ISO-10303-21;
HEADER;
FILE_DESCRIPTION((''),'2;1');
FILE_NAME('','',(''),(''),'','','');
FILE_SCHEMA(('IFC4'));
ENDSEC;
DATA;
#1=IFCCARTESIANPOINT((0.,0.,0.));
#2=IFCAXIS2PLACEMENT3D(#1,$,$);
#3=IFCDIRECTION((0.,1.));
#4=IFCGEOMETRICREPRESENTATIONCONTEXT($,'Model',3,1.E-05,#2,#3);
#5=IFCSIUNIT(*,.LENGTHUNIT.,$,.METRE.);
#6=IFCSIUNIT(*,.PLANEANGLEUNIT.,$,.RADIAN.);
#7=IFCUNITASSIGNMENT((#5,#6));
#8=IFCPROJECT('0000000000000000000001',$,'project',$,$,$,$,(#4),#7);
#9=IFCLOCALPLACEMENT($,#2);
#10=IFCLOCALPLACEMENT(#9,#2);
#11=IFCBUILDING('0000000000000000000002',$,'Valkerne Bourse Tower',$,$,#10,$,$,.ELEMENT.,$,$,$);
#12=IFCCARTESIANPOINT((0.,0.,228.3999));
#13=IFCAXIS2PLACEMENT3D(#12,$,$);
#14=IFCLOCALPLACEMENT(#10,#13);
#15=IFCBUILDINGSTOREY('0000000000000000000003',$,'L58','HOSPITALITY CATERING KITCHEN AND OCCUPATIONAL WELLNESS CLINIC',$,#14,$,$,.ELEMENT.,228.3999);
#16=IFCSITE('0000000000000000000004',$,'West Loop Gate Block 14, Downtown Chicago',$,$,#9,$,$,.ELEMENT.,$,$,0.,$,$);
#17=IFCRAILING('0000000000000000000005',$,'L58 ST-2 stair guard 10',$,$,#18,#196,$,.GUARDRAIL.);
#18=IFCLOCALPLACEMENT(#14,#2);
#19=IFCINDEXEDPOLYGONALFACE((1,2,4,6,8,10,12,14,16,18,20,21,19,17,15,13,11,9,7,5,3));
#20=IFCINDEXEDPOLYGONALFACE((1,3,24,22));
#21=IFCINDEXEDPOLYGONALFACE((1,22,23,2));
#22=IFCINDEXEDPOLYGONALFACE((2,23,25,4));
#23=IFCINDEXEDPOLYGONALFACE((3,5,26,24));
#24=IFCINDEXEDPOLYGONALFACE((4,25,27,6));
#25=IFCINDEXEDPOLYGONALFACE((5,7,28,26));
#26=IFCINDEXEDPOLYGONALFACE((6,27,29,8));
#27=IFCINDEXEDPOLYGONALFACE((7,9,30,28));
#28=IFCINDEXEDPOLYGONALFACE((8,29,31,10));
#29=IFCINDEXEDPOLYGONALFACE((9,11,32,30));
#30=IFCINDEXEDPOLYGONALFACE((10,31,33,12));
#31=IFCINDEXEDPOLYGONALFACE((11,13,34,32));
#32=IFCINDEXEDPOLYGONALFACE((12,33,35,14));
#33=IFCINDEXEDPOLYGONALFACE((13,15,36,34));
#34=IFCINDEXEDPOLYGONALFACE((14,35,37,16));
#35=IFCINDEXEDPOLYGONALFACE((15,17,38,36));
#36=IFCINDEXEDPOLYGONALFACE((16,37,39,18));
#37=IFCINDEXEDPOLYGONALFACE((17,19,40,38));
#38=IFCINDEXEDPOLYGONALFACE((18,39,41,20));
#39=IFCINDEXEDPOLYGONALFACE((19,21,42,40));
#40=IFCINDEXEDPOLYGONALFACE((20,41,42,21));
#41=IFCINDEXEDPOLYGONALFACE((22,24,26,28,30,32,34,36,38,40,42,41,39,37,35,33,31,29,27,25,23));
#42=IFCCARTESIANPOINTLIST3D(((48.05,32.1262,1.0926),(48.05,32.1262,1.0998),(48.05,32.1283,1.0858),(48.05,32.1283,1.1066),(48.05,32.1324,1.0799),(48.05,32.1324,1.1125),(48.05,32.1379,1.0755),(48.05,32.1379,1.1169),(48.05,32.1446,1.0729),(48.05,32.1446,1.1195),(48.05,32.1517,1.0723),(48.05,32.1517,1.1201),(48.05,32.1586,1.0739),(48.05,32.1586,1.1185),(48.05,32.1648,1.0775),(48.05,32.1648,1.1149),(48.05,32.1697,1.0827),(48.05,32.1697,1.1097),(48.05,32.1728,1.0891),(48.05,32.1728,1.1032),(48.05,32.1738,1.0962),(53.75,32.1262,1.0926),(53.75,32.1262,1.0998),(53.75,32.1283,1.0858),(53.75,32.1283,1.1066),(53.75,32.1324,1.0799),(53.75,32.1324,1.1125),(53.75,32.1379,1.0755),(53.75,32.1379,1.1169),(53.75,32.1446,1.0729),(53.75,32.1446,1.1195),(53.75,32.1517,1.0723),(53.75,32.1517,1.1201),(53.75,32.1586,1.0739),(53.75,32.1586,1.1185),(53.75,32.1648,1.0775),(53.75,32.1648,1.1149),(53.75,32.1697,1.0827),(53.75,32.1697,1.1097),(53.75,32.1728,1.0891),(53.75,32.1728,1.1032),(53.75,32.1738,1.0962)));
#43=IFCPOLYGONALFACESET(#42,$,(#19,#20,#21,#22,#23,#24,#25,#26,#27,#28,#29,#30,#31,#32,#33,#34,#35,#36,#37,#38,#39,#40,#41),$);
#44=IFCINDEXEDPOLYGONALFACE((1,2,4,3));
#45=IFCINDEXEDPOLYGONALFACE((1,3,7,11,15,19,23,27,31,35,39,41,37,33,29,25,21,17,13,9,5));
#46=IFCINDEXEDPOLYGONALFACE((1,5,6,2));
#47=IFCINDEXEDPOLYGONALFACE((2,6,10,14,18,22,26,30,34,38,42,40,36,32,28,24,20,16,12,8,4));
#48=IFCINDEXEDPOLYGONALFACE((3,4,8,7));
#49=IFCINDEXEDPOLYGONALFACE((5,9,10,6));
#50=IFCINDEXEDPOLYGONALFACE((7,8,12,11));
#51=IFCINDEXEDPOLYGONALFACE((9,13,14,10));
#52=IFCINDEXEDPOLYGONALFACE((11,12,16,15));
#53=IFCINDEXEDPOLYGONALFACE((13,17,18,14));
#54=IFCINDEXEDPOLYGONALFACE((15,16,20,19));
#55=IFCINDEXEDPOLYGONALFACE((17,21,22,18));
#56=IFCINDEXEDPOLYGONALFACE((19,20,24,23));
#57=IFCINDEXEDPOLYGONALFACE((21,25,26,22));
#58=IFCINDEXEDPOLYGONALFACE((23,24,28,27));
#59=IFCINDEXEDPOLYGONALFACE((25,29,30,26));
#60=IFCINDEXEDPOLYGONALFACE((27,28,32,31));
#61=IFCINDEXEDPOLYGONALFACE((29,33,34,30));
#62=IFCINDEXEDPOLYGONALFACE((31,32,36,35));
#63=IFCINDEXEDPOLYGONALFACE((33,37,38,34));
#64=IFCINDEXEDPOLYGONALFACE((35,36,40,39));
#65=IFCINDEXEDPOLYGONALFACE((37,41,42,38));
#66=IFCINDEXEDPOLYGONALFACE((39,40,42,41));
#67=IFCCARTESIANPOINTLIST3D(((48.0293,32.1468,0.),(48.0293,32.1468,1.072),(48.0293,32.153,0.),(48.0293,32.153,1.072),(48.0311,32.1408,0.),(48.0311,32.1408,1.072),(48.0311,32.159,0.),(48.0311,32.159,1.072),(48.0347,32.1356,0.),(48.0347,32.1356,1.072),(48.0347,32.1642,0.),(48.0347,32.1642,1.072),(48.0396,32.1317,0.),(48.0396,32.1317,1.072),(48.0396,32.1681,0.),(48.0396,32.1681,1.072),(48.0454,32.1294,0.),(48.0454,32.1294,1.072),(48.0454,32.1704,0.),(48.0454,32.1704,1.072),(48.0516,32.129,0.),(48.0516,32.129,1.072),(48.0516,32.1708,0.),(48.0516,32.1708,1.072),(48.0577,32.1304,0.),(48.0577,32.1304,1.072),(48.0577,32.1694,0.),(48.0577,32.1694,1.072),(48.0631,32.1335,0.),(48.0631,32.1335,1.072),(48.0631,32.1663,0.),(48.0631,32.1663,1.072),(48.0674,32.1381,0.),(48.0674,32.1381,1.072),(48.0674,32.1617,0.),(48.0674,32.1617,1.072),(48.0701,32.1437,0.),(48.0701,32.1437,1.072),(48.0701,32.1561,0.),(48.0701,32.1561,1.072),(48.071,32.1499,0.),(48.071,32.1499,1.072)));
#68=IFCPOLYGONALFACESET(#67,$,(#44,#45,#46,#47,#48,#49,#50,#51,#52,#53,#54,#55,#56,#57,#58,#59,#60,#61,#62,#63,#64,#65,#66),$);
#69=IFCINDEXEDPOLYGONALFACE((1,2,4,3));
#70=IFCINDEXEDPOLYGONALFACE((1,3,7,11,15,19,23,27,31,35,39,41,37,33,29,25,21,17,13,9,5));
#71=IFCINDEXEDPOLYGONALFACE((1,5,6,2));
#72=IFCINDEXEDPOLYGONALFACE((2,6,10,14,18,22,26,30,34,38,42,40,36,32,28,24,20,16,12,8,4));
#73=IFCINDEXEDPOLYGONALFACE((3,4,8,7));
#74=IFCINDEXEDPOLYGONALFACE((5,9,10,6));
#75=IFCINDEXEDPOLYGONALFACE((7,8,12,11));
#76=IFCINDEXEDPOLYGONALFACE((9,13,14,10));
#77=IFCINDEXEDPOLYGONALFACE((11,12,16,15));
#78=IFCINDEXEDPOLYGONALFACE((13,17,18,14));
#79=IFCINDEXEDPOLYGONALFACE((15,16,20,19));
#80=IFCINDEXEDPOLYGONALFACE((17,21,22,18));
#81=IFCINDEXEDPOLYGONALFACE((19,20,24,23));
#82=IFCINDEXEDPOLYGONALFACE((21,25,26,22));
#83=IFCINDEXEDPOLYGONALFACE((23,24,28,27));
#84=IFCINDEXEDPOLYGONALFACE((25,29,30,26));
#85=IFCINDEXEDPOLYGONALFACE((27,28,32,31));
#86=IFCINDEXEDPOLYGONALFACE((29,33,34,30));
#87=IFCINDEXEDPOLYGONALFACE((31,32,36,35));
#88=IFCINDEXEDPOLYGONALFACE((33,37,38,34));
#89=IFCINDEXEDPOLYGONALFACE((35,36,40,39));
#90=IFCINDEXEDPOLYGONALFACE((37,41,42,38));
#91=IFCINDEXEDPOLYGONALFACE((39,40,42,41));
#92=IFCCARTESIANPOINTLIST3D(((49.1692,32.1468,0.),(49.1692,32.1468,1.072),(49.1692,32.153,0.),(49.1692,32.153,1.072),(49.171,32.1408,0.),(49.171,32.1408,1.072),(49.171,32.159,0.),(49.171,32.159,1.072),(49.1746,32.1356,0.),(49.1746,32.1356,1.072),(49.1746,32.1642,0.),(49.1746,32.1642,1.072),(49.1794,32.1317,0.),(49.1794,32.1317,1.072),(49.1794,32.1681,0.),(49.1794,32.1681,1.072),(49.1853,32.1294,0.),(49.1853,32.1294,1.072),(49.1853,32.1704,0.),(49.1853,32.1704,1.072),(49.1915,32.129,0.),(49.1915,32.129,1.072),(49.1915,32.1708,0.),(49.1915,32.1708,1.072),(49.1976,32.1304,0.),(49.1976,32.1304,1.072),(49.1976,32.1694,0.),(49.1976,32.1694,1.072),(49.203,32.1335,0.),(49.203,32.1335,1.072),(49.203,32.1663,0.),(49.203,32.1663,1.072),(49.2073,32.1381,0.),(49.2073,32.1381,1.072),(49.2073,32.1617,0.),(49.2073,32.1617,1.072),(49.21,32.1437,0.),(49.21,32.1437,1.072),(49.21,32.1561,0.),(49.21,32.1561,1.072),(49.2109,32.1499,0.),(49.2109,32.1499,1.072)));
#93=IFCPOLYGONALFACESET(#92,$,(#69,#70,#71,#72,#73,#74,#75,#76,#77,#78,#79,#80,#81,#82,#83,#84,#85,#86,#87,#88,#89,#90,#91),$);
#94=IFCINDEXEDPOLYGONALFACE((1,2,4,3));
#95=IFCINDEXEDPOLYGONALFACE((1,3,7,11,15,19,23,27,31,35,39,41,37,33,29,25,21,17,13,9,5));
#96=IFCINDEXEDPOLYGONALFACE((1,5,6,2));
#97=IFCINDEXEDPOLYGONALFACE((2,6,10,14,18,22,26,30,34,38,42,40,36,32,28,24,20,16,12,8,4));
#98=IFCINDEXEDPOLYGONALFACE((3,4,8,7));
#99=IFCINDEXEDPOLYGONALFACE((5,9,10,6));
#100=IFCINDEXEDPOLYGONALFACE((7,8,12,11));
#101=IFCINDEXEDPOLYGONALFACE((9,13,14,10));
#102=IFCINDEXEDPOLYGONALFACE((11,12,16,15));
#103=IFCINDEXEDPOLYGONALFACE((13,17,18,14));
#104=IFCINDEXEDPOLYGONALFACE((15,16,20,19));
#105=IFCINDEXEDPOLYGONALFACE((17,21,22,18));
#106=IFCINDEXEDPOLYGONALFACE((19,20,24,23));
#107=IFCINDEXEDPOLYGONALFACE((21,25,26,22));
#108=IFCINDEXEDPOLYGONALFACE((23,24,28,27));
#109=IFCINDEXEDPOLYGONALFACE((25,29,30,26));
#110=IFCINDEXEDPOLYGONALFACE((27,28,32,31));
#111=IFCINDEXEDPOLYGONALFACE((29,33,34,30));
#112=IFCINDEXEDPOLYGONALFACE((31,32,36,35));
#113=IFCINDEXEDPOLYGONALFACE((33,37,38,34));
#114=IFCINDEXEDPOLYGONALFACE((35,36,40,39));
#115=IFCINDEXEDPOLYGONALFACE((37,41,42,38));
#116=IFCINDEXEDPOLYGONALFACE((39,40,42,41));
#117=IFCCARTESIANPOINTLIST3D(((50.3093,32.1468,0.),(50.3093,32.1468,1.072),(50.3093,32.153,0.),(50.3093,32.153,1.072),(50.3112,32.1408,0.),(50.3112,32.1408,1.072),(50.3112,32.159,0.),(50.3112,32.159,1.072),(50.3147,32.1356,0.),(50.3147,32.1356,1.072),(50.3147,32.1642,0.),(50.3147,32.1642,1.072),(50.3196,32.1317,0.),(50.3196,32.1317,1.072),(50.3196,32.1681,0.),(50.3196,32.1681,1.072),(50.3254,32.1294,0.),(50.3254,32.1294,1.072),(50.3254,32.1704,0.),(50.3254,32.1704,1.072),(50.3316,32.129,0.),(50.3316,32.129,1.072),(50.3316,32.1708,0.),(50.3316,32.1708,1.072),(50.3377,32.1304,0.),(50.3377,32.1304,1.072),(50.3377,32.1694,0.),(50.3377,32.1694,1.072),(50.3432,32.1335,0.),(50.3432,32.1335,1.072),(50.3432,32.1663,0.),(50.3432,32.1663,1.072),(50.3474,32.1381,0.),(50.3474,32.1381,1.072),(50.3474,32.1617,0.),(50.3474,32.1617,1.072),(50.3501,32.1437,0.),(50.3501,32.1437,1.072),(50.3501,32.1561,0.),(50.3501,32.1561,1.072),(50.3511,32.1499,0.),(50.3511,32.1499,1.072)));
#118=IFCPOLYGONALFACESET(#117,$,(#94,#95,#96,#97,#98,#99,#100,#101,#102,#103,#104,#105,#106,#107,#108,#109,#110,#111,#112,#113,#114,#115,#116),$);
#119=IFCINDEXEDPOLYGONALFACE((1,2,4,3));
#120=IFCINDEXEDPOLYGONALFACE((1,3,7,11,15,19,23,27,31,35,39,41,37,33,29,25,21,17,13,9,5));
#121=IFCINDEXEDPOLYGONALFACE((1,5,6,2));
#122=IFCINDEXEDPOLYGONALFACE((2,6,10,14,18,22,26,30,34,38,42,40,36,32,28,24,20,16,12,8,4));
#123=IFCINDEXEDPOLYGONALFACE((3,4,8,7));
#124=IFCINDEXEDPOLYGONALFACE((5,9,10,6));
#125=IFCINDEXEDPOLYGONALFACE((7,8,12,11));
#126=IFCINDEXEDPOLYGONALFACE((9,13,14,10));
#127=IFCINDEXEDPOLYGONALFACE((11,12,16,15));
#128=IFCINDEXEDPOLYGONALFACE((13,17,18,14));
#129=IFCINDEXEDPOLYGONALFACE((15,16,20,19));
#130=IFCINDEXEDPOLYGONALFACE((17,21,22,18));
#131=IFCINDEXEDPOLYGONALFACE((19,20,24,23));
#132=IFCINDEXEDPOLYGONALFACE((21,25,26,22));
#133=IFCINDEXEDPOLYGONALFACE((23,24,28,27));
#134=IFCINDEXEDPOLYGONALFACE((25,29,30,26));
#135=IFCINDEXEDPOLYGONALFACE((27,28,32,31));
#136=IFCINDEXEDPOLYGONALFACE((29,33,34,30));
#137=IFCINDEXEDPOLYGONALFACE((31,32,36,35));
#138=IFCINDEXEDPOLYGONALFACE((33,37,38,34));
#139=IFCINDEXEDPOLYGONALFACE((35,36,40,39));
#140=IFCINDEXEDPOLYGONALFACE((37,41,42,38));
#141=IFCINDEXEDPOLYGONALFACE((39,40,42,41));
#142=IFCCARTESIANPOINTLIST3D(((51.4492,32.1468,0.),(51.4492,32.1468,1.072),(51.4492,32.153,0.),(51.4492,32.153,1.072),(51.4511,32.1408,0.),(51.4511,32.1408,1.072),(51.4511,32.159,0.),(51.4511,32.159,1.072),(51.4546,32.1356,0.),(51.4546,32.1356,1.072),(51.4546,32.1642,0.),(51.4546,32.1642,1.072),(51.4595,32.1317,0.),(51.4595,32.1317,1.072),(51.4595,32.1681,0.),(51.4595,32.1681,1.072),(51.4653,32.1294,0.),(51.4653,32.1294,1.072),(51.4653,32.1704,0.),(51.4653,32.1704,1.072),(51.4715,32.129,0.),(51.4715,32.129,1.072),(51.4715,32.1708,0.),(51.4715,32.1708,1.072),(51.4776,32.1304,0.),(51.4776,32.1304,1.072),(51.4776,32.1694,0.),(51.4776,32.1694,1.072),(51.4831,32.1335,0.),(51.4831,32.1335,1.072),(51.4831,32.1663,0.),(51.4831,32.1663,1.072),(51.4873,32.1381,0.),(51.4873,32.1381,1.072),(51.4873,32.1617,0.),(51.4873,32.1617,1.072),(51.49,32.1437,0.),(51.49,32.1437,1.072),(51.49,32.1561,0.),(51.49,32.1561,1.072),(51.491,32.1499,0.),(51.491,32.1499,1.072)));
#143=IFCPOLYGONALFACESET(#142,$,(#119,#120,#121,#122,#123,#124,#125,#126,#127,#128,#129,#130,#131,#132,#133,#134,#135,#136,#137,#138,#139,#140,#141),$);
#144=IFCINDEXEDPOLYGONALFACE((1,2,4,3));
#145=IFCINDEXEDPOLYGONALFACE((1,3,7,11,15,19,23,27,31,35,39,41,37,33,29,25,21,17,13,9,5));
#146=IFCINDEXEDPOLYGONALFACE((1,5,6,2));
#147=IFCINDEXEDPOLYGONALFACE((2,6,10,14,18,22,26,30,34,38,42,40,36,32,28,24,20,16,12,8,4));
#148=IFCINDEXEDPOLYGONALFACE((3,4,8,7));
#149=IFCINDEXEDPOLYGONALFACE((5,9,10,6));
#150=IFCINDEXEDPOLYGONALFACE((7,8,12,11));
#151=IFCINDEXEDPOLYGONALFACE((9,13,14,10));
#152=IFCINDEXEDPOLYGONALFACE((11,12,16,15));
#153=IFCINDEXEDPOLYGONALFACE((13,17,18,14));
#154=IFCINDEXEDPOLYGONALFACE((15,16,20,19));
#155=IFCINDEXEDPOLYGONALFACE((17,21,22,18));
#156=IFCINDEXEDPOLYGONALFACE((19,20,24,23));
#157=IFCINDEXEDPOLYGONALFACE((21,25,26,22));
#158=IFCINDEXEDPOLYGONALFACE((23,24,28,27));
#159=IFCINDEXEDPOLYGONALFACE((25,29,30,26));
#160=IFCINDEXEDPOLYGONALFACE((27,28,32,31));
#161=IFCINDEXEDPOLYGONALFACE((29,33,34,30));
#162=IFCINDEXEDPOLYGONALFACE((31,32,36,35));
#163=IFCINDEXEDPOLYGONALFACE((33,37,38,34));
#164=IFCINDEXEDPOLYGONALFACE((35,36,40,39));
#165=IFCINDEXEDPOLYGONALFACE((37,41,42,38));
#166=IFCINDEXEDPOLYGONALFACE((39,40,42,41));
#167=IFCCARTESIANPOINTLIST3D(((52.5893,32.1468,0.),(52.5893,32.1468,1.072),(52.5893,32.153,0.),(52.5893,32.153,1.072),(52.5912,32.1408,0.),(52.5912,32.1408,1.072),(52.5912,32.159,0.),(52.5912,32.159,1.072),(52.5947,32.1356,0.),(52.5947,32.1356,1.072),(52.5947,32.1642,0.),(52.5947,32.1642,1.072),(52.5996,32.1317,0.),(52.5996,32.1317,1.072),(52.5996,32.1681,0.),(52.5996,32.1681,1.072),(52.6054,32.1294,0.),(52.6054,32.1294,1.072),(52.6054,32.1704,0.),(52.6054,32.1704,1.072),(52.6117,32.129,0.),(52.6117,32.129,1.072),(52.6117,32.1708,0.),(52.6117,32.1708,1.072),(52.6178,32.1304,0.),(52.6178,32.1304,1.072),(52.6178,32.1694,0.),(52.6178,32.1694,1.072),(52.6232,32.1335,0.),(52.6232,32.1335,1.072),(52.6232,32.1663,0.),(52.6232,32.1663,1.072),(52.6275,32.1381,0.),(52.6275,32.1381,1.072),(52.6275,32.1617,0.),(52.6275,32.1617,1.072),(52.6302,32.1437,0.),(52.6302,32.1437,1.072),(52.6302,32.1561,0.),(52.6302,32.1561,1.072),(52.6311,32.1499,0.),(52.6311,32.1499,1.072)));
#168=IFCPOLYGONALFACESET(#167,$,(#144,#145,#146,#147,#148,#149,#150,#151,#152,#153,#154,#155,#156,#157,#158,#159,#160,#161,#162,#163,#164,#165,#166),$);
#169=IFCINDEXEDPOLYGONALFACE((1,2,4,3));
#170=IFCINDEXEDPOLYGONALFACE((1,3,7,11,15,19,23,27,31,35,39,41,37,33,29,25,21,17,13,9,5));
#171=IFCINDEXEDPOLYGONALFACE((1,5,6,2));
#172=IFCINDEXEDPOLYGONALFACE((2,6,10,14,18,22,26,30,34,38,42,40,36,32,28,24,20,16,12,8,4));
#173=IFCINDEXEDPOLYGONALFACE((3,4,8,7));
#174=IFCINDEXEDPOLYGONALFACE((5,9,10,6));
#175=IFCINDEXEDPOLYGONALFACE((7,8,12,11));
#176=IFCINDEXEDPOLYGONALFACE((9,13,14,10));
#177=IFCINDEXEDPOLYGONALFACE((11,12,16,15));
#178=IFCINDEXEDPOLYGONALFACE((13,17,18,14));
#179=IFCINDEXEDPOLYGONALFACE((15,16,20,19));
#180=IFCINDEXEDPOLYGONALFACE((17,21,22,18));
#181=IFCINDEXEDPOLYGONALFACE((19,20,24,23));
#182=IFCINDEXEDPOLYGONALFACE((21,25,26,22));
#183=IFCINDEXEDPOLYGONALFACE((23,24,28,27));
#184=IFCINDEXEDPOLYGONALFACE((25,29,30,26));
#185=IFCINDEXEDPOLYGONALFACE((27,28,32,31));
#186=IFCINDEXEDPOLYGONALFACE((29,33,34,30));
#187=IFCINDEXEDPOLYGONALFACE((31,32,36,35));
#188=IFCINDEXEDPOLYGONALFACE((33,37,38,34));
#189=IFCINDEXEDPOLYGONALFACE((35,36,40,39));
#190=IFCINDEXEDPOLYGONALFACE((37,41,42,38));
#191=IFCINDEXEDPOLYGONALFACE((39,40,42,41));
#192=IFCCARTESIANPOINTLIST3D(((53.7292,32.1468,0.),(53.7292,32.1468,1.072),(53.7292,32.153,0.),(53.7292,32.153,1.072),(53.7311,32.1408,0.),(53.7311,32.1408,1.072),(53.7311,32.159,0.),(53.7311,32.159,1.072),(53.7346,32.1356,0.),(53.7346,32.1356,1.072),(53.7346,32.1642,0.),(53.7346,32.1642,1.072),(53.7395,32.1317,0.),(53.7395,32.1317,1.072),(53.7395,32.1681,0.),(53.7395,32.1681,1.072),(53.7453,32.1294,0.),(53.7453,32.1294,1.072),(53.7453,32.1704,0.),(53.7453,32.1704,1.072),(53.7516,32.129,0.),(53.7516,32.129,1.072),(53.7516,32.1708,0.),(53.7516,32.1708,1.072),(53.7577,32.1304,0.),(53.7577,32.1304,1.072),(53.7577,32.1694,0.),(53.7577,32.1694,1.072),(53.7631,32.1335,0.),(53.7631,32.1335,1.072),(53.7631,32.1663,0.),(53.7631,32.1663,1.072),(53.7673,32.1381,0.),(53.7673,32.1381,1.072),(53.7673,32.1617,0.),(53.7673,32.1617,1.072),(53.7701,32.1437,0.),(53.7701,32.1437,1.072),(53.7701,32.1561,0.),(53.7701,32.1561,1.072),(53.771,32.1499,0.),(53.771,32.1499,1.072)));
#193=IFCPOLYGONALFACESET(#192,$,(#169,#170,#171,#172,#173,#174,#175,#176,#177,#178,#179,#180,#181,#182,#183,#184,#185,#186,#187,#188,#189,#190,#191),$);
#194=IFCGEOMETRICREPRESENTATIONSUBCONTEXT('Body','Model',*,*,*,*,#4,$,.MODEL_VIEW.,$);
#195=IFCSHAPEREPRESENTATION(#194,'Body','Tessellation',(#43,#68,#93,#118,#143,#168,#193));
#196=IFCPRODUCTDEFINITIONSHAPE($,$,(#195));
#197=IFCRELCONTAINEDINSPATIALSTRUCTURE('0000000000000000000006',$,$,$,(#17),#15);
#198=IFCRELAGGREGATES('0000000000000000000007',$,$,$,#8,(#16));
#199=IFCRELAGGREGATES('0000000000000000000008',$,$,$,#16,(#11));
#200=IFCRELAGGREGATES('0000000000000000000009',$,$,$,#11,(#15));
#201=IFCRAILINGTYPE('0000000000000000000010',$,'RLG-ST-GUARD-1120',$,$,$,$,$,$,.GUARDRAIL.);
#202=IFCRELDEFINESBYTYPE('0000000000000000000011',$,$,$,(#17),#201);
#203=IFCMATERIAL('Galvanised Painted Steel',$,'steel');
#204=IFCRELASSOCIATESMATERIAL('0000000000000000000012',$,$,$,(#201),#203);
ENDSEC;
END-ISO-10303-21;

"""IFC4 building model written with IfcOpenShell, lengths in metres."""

from ifc_helpers import new_model, si_unit, direction, frame, origin, origin_2d, place, context, subcontext, project, spatial, circle, extrude, material, type_object, element, save


model = new_model("IFC4")

# Units and contexts
model_context = context("Model", 3, precision=1e-05, world=origin(), true_north=direction((0.0, 1.0)))
body_context = subcontext(model_context, "Body", "Model", "MODEL_VIEW")
ifc_project = project(units=[si_unit("LENGTHUNIT", "METRE"), si_unit("PLANEANGLEUNIT", "RADIAN")], contexts=[model_context])

# Site, building, storey
site_placement = place(None, origin())
site = spatial("IfcSite", under=ifc_project, at=site_placement, Name="West Loop Gate Block 14, Downtown Chicago", CompositionType="ELEMENT", RefElevation=0.0)
building_placement = place(site_placement, origin())
building = spatial("IfcBuilding", under=site, at=building_placement, Name="Valkerne Bourse Tower", CompositionType="ELEMENT")
storey_placement = place(building_placement, frame((0.0, 0.0, 228.3999)))
storey = spatial("IfcBuildingStorey", under=building, at=storey_placement, Name="L58", Description="HOSPITALITY CATERING KITCHEN AND OCCUPATIONAL WELLNESS CLINIC", CompositionType="ELEMENT", Elevation=228.3999)

# Shared definitions
ifc_material_1 = material(Name="Galvanised Painted Steel", Category="steel")

# Railing
railing_type_1 = type_object("IfcRailingType", Name="RLG-ST-GUARD-1120", PredefinedType="GUARDRAIL", material=ifc_material_1)
railing_1_placement = place(storey_placement, frame((48.05, 32.1499, 0.0)))
element("IfcRailing", 1, at=railing_1_placement, inside=storey, type_object=railing_type_1, Name="L58 ST-2 stair guard 10", PredefinedType="GUARDRAIL", context=body_context, shape_type="SweptSolid", body=[
    extrude(circle(Radius=0.0239, at=origin_2d()), frame((0.0, 0.0, 1.0962), z_axis=(1.0, 0.0, 0.0), x_axis=(0.0, 1.0, 0.0)), (0.0, 0.0, 1.0), 5.7),
    extrude(circle(Radius=0.021, at=origin_2d()), origin(), (0.0, 0.0, 1.0), 1.072),
    extrude(circle(Radius=0.021, at=origin_2d()), frame((1.1399, 0.0, 0.0)), (0.0, 0.0, 1.0), 1.072),
    extrude(circle(Radius=0.021, at=origin_2d()), frame((2.28, 0.0, 0.0)), (0.0, 0.0, 1.0), 1.072),
    extrude(circle(Radius=0.021, at=origin_2d()), frame((3.4199, 0.0, 0.0)), (0.0, 0.0, 1.0), 1.072),
    extrude(circle(Radius=0.021, at=origin_2d()), frame((4.5601, 0.0, 0.0)), (0.0, 0.0, 1.0), 1.072),
    extrude(circle(Radius=0.021, at=origin_2d()), frame((5.7, 0.0, 0.0)), (0.0, 0.0, 1.0), 1.072),
])

save(model, "model.ifc")
